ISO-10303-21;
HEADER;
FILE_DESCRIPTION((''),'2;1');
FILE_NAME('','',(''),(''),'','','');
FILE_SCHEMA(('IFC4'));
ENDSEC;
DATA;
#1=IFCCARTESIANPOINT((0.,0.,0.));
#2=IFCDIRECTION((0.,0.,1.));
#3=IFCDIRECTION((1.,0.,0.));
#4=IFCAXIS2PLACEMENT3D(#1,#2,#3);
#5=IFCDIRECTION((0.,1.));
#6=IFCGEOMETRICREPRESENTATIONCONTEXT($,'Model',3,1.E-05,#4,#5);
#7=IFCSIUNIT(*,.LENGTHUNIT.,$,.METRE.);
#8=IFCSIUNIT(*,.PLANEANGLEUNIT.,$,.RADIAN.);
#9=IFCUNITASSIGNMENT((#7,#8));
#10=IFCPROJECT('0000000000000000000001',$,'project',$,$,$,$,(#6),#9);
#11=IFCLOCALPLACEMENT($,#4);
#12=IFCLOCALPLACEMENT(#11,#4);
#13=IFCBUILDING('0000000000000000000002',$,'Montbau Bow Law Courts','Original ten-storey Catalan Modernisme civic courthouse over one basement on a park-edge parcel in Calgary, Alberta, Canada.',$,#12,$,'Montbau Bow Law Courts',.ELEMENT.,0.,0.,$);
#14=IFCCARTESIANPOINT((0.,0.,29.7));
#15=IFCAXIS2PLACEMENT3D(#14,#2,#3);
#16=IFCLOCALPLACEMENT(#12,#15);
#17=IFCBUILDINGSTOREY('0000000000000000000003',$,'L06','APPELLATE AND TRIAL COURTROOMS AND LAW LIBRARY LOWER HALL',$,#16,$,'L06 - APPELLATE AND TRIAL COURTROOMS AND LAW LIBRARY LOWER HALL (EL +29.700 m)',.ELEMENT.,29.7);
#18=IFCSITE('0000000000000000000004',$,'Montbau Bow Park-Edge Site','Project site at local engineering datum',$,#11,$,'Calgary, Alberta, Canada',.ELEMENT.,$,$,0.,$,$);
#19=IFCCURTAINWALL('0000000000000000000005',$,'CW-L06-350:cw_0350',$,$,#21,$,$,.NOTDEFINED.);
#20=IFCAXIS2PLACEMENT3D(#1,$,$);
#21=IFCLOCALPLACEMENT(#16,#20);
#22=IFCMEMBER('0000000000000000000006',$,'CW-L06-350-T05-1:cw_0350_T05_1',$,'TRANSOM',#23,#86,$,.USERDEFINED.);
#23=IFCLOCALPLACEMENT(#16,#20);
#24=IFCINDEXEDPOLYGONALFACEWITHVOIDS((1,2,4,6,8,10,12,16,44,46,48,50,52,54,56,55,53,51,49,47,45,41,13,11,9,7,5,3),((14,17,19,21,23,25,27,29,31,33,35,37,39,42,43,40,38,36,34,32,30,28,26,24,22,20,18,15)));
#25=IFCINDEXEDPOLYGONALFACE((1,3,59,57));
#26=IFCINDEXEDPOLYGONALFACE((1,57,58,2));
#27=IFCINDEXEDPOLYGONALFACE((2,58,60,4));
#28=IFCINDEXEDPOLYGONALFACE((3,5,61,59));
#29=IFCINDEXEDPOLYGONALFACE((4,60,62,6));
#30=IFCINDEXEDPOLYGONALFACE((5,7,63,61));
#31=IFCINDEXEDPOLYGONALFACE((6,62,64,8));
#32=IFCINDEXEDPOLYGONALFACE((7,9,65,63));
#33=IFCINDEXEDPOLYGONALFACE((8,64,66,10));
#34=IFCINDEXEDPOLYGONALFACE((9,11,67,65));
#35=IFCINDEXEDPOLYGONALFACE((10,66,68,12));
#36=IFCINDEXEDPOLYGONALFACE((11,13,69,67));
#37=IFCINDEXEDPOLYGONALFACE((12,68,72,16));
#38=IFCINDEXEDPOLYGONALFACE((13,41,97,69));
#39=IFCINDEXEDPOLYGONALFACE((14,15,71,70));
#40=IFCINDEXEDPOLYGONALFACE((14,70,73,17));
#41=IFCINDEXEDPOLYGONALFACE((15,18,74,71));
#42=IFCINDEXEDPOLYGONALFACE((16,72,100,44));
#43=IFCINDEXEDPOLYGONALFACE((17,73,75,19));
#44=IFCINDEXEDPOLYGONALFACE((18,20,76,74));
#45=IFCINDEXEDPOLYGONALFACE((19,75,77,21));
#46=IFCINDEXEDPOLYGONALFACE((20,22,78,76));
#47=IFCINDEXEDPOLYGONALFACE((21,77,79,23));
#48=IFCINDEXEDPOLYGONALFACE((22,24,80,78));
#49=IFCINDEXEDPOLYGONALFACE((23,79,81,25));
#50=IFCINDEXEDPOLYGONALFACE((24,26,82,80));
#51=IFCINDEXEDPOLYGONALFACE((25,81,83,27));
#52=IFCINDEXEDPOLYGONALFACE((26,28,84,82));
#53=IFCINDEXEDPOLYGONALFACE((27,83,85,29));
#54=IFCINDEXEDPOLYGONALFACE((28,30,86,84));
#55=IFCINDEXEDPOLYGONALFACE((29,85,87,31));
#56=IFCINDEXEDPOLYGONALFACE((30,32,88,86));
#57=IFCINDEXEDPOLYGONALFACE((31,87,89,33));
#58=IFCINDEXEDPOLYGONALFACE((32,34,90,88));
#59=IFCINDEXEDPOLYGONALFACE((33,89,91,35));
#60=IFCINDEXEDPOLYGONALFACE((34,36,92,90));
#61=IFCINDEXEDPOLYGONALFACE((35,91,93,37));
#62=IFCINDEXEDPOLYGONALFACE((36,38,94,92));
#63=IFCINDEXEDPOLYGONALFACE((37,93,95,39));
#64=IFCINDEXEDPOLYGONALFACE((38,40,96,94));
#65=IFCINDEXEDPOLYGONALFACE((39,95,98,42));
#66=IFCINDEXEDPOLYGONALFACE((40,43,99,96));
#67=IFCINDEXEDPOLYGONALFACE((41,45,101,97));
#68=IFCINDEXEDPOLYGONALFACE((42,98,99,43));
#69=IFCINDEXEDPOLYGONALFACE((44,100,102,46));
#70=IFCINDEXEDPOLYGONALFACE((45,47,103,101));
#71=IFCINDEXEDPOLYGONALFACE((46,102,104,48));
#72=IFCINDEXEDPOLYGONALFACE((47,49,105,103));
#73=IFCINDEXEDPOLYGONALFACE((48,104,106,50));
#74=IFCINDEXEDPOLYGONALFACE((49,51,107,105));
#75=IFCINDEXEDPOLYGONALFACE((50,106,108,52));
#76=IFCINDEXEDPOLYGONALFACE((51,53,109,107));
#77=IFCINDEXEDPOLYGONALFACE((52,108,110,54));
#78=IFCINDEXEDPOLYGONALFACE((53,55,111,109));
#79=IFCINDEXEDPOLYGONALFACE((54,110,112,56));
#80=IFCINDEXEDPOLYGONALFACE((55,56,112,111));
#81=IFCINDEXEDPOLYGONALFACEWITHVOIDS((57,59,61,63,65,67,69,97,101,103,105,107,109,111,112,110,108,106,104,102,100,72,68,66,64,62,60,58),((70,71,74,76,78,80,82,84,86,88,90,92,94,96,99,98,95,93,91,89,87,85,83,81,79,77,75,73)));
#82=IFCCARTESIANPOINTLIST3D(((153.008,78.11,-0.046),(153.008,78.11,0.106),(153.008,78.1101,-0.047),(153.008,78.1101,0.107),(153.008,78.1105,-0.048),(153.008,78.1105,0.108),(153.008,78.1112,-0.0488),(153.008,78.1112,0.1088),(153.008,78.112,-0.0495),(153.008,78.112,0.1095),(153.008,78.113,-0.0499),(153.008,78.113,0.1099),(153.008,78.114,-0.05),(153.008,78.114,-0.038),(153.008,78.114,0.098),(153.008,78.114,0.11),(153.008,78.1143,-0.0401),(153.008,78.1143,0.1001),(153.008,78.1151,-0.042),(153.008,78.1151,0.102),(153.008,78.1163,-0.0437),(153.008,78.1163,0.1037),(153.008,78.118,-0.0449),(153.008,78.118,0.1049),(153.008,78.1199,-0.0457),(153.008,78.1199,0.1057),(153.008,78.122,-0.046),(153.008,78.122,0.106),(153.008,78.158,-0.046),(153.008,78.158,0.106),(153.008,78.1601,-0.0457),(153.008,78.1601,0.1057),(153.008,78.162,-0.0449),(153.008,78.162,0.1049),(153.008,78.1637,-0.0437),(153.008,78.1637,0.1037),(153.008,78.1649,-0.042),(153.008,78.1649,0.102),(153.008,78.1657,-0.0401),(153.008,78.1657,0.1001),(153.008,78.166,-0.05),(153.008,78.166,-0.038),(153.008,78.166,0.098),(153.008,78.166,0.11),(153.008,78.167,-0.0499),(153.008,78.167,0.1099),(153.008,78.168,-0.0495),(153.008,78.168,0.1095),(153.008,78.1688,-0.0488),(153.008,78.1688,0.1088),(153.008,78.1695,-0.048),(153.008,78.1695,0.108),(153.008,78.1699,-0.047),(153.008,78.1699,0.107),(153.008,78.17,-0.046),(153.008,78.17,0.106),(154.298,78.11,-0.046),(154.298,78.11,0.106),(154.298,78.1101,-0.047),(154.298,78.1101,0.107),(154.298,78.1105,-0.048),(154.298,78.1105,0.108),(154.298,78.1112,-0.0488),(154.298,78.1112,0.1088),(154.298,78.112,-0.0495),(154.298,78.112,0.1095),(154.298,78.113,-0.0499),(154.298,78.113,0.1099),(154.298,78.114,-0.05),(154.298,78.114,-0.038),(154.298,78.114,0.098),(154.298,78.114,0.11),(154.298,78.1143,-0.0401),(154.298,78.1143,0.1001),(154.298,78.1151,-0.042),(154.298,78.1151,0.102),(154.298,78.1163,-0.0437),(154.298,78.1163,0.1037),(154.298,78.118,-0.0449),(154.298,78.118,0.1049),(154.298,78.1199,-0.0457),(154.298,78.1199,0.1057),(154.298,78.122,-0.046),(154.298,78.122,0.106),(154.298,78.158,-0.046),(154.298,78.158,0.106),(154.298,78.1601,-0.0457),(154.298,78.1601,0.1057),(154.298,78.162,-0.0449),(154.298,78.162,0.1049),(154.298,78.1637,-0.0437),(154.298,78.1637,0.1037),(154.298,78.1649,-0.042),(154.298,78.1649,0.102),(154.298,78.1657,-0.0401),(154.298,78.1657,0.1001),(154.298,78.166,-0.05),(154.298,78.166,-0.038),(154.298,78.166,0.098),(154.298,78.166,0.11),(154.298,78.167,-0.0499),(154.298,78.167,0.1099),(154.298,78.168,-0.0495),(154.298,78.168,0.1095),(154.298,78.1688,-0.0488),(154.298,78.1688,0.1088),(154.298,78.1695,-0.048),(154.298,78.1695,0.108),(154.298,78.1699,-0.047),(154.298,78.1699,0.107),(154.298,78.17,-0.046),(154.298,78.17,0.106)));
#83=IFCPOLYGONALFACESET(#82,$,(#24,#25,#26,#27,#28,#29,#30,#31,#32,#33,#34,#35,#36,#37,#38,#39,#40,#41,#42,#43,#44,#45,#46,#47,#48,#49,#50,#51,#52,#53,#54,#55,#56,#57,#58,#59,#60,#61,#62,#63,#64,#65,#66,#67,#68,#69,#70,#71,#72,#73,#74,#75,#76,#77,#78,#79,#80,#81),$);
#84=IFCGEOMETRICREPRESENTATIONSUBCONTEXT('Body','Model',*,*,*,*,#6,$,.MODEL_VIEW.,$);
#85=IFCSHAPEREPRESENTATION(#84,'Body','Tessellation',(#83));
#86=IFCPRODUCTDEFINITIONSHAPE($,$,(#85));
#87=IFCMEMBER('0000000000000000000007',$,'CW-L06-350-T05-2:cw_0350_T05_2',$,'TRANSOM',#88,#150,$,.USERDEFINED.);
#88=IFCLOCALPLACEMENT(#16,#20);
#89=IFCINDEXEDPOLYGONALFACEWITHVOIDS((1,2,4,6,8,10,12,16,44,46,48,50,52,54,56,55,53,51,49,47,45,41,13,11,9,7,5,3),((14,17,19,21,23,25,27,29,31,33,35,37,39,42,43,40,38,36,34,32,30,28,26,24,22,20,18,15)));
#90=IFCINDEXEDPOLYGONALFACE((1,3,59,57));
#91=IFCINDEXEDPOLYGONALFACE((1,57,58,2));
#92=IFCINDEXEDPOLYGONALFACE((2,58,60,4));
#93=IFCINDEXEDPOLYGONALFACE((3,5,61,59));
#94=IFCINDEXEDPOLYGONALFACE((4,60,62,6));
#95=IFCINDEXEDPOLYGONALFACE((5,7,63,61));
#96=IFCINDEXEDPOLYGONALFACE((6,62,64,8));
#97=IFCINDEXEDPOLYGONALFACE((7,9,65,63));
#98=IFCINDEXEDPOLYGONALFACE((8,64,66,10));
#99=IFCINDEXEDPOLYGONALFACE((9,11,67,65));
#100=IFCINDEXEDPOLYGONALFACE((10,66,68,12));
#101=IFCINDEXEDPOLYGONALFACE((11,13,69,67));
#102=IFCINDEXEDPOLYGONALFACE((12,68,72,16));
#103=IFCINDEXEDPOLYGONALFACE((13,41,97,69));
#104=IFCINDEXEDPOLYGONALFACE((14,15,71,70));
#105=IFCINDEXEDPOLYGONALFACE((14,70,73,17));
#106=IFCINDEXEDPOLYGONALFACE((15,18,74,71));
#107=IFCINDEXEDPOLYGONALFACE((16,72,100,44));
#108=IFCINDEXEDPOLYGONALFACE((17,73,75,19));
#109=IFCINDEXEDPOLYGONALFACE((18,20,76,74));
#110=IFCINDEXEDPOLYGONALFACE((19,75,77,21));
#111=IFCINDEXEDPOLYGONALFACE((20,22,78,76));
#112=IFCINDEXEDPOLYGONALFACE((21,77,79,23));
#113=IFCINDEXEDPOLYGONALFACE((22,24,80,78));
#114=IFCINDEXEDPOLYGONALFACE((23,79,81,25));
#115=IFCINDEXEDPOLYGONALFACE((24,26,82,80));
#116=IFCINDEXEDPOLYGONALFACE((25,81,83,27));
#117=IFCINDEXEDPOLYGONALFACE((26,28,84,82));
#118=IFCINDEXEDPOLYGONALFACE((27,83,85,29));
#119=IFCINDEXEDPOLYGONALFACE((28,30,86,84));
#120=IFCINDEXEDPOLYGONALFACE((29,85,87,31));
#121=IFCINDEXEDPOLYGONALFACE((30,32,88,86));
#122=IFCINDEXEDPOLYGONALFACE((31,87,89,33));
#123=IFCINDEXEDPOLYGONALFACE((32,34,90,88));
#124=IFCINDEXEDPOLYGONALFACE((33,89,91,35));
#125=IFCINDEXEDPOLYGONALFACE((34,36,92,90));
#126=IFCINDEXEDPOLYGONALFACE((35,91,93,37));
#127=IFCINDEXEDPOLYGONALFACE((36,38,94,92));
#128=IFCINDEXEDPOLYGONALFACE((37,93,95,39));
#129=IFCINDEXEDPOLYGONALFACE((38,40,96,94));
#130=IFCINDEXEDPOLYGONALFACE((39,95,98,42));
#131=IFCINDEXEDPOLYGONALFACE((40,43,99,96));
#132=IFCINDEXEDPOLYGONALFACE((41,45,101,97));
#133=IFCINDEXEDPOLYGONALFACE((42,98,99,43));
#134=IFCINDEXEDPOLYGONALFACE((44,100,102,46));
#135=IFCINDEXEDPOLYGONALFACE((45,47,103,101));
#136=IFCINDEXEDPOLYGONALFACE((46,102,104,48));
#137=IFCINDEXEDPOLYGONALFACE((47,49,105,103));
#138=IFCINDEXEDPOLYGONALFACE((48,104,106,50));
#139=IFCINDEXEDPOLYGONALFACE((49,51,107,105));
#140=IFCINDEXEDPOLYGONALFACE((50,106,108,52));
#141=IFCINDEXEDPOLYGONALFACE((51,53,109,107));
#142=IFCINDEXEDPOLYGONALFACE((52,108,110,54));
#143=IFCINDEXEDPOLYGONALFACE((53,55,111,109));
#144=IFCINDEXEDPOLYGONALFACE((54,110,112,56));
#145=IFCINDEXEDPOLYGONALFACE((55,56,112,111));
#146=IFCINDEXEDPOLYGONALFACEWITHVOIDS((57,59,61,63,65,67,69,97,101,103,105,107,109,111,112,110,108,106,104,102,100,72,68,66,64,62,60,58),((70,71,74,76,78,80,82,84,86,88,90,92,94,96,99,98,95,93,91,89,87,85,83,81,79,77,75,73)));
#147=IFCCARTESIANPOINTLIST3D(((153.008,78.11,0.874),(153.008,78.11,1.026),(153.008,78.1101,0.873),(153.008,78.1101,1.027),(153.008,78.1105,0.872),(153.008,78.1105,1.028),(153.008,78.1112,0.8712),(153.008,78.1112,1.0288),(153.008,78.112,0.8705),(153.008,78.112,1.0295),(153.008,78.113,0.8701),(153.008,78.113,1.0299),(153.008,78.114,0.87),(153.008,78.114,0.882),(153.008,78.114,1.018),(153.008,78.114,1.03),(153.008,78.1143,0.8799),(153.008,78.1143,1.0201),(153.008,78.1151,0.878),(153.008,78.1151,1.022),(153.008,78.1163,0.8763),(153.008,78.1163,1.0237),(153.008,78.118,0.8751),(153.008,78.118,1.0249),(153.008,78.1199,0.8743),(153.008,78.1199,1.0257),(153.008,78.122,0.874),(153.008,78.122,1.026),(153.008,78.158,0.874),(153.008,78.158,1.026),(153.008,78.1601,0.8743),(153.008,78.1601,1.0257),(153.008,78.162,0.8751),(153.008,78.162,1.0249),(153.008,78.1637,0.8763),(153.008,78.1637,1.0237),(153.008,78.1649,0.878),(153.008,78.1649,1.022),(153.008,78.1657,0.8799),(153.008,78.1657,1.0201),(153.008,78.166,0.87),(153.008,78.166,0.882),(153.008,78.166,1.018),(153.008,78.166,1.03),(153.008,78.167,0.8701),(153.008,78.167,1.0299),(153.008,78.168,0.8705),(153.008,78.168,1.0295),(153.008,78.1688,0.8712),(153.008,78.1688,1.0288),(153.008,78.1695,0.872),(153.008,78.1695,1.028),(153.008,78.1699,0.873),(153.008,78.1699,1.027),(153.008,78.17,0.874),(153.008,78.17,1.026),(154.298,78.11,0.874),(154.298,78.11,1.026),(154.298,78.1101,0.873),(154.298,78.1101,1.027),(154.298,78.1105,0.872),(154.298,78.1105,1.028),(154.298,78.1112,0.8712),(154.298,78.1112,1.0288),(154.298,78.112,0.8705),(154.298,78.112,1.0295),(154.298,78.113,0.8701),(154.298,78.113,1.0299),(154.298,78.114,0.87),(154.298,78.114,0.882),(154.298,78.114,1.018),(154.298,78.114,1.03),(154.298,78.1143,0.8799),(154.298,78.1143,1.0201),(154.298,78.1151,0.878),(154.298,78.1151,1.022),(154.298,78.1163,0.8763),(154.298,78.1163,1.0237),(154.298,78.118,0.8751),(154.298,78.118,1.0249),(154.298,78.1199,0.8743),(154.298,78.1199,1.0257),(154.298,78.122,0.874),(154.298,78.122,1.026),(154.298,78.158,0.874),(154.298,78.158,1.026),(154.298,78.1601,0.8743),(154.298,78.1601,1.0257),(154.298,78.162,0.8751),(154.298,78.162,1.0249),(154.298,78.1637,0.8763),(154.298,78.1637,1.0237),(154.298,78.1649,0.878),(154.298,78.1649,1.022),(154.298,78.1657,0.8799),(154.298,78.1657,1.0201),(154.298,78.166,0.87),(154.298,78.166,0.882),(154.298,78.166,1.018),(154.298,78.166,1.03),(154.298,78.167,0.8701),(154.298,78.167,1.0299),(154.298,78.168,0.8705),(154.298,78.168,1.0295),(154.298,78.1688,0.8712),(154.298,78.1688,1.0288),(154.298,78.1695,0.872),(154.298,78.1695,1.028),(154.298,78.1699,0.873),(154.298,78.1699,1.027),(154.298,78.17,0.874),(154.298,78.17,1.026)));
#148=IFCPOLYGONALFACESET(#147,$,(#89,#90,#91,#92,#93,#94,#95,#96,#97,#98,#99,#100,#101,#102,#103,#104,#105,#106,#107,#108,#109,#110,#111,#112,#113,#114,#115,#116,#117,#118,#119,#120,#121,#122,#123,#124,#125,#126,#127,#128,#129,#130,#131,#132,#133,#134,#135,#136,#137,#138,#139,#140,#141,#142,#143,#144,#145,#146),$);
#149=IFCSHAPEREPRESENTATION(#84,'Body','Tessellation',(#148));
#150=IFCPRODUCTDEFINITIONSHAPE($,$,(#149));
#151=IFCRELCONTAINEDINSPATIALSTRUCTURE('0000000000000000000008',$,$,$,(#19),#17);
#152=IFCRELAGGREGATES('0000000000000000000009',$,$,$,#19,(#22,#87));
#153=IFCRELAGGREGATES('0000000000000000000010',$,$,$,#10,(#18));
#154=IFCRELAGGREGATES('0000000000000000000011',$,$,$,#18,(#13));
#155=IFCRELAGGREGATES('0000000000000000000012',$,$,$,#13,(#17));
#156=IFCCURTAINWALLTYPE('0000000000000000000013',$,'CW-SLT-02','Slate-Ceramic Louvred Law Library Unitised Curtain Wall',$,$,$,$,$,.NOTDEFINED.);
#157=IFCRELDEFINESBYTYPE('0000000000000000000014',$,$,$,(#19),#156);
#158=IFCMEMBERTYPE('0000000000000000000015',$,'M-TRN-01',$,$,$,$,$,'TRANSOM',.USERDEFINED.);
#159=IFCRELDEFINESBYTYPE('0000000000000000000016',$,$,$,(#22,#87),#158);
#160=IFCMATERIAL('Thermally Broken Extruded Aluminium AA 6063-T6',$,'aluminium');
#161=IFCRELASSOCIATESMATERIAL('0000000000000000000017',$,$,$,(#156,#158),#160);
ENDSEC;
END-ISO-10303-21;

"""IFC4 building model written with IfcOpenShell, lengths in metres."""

from ifc_helpers import new_model, si_unit, direction, frame, origin_with_axes, origin_2d_with_axis, place, context, subcontext, project, spatial, hollow_rectangle, extrude, material, material_profile, profile_set, type_object, element, aggregate, save


model = new_model("IFC4")

# Units and contexts
model_context = context("Model", 3, precision=1e-05, world=origin_with_axes(), true_north=direction((0.0, 1.0)))
body_context = subcontext(model_context, "Body", "Model", "MODEL_VIEW")
ifc_project = project(units=[si_unit("LENGTHUNIT", "METRE"), si_unit("PLANEANGLEUNIT", "RADIAN")], contexts=[model_context])

# Site, building, storey
site_placement = place(None, origin_with_axes())
site = spatial("IfcSite", under=ifc_project, at=site_placement, Name="Montbau Bow Park-Edge Site", Description="Project site at local engineering datum", LongName="Calgary, Alberta, Canada", CompositionType="ELEMENT", RefElevation=0.0)
building_placement = place(site_placement, origin_with_axes())
building = spatial("IfcBuilding", under=site, at=building_placement, Name="Montbau Bow Law Courts", Description="Original ten-storey Catalan Modernisme civic courthouse over one basement on a park-edge parcel in Calgary, Alberta, Canada.", LongName="Montbau Bow Law Courts", CompositionType="ELEMENT", ElevationOfRefHeight=0.0, ElevationOfTerrain=0.0)
storey_placement = place(building_placement, frame((0.0, 0.0, 29.7), z_axis=(0.0, 0.0, 1.0), x_axis=(1.0, 0.0, 0.0)))
storey = spatial("IfcBuildingStorey", under=building, at=storey_placement, Name="L06", Description="APPELLATE AND TRIAL COURTROOMS AND LAW LIBRARY LOWER HALL", LongName="L06 - APPELLATE AND TRIAL COURTROOMS AND LAW LIBRARY LOWER HALL (EL +29.700 m)", CompositionType="ELEMENT", Elevation=29.7)

# Curtain wall, members
ifc_material_1 = material(Name="Thermally Broken Extruded Aluminium AA 6063-T6", Category="aluminium")
curtain_wall_type = type_object("IfcCurtainWallType", Name="CW-SLT-02", Description="Slate-Ceramic Louvred Law Library Unitised Curtain Wall", PredefinedType="NOTDEFINED", material=ifc_material_1)
curtain_wall_1_placement = place(None, frame((147.44, 78.14, 29.7), z_axis=(0.0, 0.0, 1.0), x_axis=(1.0, 0.0, 0.0)))
curtain_wall_1 = element("IfcCurtainWall", 1, at=curtain_wall_1_placement, inside=storey, type_object=curtain_wall_type, Name="CW-L06-350:cw_0350", PredefinedType="NOTDEFINED")
ifc_material_profile_1 = material_profile(ifc_material_1, hollow_rectangle(XDim=0.06, YDim=0.16, WallThickness=0.004, InnerFilletRadius=0.008, OuterFilletRadius=0.004, at=origin_2d_with_axis()), Name="CWT-160X60", Category="Main", Priority=0)
ifc_profile_set_1 = profile_set([ifc_material_profile_1], Name="Thermally Broken Extruded Aluminium AA 6063-T6")
member_type_1 = type_object("IfcMemberType", Name="M-TRN-01", ElementType="TRANSOM", PredefinedType="USERDEFINED", material=ifc_profile_set_1)
member_1_placement = place(None, frame((153.008, 78.14, 29.73), z_axis=(1.0, 0.0, 0.0), x_axis=(0.0, 1.0, 0.0)))
member_1 = element("IfcMember", 2, at=member_1_placement, type_object=member_type_1, Name="CW-L06-350-T05-1:cw_0350_T05_1", ObjectType="TRANSOM", PredefinedType="USERDEFINED", context=body_context, shape_type="SweptSolid", body=[
    extrude(hollow_rectangle(XDim=0.06, YDim=0.16, WallThickness=0.004, InnerFilletRadius=0.008, OuterFilletRadius=0.004, at=origin_2d_with_axis()), origin_with_axes(), (0.0, 0.0, 1.0), 1.29),
])
member_2_placement = place(None, frame((153.008, 78.14, 30.65), z_axis=(1.0, 0.0, 0.0), x_axis=(0.0, 1.0, 0.0)))
member_2 = element("IfcMember", 3, at=member_2_placement, type_object=member_type_1, Name="CW-L06-350-T05-2:cw_0350_T05_2", ObjectType="TRANSOM", PredefinedType="USERDEFINED", context=body_context, shape_type="SweptSolid", body=[
    extrude(hollow_rectangle(XDim=0.06, YDim=0.16, WallThickness=0.004, InnerFilletRadius=0.008, OuterFilletRadius=0.004, at=origin_2d_with_axis()), origin_with_axes(), (0.0, 0.0, 1.0), 1.29),
])

aggregate(curtain_wall_1, [member_1, member_2])

save(model, "model.ifc")
